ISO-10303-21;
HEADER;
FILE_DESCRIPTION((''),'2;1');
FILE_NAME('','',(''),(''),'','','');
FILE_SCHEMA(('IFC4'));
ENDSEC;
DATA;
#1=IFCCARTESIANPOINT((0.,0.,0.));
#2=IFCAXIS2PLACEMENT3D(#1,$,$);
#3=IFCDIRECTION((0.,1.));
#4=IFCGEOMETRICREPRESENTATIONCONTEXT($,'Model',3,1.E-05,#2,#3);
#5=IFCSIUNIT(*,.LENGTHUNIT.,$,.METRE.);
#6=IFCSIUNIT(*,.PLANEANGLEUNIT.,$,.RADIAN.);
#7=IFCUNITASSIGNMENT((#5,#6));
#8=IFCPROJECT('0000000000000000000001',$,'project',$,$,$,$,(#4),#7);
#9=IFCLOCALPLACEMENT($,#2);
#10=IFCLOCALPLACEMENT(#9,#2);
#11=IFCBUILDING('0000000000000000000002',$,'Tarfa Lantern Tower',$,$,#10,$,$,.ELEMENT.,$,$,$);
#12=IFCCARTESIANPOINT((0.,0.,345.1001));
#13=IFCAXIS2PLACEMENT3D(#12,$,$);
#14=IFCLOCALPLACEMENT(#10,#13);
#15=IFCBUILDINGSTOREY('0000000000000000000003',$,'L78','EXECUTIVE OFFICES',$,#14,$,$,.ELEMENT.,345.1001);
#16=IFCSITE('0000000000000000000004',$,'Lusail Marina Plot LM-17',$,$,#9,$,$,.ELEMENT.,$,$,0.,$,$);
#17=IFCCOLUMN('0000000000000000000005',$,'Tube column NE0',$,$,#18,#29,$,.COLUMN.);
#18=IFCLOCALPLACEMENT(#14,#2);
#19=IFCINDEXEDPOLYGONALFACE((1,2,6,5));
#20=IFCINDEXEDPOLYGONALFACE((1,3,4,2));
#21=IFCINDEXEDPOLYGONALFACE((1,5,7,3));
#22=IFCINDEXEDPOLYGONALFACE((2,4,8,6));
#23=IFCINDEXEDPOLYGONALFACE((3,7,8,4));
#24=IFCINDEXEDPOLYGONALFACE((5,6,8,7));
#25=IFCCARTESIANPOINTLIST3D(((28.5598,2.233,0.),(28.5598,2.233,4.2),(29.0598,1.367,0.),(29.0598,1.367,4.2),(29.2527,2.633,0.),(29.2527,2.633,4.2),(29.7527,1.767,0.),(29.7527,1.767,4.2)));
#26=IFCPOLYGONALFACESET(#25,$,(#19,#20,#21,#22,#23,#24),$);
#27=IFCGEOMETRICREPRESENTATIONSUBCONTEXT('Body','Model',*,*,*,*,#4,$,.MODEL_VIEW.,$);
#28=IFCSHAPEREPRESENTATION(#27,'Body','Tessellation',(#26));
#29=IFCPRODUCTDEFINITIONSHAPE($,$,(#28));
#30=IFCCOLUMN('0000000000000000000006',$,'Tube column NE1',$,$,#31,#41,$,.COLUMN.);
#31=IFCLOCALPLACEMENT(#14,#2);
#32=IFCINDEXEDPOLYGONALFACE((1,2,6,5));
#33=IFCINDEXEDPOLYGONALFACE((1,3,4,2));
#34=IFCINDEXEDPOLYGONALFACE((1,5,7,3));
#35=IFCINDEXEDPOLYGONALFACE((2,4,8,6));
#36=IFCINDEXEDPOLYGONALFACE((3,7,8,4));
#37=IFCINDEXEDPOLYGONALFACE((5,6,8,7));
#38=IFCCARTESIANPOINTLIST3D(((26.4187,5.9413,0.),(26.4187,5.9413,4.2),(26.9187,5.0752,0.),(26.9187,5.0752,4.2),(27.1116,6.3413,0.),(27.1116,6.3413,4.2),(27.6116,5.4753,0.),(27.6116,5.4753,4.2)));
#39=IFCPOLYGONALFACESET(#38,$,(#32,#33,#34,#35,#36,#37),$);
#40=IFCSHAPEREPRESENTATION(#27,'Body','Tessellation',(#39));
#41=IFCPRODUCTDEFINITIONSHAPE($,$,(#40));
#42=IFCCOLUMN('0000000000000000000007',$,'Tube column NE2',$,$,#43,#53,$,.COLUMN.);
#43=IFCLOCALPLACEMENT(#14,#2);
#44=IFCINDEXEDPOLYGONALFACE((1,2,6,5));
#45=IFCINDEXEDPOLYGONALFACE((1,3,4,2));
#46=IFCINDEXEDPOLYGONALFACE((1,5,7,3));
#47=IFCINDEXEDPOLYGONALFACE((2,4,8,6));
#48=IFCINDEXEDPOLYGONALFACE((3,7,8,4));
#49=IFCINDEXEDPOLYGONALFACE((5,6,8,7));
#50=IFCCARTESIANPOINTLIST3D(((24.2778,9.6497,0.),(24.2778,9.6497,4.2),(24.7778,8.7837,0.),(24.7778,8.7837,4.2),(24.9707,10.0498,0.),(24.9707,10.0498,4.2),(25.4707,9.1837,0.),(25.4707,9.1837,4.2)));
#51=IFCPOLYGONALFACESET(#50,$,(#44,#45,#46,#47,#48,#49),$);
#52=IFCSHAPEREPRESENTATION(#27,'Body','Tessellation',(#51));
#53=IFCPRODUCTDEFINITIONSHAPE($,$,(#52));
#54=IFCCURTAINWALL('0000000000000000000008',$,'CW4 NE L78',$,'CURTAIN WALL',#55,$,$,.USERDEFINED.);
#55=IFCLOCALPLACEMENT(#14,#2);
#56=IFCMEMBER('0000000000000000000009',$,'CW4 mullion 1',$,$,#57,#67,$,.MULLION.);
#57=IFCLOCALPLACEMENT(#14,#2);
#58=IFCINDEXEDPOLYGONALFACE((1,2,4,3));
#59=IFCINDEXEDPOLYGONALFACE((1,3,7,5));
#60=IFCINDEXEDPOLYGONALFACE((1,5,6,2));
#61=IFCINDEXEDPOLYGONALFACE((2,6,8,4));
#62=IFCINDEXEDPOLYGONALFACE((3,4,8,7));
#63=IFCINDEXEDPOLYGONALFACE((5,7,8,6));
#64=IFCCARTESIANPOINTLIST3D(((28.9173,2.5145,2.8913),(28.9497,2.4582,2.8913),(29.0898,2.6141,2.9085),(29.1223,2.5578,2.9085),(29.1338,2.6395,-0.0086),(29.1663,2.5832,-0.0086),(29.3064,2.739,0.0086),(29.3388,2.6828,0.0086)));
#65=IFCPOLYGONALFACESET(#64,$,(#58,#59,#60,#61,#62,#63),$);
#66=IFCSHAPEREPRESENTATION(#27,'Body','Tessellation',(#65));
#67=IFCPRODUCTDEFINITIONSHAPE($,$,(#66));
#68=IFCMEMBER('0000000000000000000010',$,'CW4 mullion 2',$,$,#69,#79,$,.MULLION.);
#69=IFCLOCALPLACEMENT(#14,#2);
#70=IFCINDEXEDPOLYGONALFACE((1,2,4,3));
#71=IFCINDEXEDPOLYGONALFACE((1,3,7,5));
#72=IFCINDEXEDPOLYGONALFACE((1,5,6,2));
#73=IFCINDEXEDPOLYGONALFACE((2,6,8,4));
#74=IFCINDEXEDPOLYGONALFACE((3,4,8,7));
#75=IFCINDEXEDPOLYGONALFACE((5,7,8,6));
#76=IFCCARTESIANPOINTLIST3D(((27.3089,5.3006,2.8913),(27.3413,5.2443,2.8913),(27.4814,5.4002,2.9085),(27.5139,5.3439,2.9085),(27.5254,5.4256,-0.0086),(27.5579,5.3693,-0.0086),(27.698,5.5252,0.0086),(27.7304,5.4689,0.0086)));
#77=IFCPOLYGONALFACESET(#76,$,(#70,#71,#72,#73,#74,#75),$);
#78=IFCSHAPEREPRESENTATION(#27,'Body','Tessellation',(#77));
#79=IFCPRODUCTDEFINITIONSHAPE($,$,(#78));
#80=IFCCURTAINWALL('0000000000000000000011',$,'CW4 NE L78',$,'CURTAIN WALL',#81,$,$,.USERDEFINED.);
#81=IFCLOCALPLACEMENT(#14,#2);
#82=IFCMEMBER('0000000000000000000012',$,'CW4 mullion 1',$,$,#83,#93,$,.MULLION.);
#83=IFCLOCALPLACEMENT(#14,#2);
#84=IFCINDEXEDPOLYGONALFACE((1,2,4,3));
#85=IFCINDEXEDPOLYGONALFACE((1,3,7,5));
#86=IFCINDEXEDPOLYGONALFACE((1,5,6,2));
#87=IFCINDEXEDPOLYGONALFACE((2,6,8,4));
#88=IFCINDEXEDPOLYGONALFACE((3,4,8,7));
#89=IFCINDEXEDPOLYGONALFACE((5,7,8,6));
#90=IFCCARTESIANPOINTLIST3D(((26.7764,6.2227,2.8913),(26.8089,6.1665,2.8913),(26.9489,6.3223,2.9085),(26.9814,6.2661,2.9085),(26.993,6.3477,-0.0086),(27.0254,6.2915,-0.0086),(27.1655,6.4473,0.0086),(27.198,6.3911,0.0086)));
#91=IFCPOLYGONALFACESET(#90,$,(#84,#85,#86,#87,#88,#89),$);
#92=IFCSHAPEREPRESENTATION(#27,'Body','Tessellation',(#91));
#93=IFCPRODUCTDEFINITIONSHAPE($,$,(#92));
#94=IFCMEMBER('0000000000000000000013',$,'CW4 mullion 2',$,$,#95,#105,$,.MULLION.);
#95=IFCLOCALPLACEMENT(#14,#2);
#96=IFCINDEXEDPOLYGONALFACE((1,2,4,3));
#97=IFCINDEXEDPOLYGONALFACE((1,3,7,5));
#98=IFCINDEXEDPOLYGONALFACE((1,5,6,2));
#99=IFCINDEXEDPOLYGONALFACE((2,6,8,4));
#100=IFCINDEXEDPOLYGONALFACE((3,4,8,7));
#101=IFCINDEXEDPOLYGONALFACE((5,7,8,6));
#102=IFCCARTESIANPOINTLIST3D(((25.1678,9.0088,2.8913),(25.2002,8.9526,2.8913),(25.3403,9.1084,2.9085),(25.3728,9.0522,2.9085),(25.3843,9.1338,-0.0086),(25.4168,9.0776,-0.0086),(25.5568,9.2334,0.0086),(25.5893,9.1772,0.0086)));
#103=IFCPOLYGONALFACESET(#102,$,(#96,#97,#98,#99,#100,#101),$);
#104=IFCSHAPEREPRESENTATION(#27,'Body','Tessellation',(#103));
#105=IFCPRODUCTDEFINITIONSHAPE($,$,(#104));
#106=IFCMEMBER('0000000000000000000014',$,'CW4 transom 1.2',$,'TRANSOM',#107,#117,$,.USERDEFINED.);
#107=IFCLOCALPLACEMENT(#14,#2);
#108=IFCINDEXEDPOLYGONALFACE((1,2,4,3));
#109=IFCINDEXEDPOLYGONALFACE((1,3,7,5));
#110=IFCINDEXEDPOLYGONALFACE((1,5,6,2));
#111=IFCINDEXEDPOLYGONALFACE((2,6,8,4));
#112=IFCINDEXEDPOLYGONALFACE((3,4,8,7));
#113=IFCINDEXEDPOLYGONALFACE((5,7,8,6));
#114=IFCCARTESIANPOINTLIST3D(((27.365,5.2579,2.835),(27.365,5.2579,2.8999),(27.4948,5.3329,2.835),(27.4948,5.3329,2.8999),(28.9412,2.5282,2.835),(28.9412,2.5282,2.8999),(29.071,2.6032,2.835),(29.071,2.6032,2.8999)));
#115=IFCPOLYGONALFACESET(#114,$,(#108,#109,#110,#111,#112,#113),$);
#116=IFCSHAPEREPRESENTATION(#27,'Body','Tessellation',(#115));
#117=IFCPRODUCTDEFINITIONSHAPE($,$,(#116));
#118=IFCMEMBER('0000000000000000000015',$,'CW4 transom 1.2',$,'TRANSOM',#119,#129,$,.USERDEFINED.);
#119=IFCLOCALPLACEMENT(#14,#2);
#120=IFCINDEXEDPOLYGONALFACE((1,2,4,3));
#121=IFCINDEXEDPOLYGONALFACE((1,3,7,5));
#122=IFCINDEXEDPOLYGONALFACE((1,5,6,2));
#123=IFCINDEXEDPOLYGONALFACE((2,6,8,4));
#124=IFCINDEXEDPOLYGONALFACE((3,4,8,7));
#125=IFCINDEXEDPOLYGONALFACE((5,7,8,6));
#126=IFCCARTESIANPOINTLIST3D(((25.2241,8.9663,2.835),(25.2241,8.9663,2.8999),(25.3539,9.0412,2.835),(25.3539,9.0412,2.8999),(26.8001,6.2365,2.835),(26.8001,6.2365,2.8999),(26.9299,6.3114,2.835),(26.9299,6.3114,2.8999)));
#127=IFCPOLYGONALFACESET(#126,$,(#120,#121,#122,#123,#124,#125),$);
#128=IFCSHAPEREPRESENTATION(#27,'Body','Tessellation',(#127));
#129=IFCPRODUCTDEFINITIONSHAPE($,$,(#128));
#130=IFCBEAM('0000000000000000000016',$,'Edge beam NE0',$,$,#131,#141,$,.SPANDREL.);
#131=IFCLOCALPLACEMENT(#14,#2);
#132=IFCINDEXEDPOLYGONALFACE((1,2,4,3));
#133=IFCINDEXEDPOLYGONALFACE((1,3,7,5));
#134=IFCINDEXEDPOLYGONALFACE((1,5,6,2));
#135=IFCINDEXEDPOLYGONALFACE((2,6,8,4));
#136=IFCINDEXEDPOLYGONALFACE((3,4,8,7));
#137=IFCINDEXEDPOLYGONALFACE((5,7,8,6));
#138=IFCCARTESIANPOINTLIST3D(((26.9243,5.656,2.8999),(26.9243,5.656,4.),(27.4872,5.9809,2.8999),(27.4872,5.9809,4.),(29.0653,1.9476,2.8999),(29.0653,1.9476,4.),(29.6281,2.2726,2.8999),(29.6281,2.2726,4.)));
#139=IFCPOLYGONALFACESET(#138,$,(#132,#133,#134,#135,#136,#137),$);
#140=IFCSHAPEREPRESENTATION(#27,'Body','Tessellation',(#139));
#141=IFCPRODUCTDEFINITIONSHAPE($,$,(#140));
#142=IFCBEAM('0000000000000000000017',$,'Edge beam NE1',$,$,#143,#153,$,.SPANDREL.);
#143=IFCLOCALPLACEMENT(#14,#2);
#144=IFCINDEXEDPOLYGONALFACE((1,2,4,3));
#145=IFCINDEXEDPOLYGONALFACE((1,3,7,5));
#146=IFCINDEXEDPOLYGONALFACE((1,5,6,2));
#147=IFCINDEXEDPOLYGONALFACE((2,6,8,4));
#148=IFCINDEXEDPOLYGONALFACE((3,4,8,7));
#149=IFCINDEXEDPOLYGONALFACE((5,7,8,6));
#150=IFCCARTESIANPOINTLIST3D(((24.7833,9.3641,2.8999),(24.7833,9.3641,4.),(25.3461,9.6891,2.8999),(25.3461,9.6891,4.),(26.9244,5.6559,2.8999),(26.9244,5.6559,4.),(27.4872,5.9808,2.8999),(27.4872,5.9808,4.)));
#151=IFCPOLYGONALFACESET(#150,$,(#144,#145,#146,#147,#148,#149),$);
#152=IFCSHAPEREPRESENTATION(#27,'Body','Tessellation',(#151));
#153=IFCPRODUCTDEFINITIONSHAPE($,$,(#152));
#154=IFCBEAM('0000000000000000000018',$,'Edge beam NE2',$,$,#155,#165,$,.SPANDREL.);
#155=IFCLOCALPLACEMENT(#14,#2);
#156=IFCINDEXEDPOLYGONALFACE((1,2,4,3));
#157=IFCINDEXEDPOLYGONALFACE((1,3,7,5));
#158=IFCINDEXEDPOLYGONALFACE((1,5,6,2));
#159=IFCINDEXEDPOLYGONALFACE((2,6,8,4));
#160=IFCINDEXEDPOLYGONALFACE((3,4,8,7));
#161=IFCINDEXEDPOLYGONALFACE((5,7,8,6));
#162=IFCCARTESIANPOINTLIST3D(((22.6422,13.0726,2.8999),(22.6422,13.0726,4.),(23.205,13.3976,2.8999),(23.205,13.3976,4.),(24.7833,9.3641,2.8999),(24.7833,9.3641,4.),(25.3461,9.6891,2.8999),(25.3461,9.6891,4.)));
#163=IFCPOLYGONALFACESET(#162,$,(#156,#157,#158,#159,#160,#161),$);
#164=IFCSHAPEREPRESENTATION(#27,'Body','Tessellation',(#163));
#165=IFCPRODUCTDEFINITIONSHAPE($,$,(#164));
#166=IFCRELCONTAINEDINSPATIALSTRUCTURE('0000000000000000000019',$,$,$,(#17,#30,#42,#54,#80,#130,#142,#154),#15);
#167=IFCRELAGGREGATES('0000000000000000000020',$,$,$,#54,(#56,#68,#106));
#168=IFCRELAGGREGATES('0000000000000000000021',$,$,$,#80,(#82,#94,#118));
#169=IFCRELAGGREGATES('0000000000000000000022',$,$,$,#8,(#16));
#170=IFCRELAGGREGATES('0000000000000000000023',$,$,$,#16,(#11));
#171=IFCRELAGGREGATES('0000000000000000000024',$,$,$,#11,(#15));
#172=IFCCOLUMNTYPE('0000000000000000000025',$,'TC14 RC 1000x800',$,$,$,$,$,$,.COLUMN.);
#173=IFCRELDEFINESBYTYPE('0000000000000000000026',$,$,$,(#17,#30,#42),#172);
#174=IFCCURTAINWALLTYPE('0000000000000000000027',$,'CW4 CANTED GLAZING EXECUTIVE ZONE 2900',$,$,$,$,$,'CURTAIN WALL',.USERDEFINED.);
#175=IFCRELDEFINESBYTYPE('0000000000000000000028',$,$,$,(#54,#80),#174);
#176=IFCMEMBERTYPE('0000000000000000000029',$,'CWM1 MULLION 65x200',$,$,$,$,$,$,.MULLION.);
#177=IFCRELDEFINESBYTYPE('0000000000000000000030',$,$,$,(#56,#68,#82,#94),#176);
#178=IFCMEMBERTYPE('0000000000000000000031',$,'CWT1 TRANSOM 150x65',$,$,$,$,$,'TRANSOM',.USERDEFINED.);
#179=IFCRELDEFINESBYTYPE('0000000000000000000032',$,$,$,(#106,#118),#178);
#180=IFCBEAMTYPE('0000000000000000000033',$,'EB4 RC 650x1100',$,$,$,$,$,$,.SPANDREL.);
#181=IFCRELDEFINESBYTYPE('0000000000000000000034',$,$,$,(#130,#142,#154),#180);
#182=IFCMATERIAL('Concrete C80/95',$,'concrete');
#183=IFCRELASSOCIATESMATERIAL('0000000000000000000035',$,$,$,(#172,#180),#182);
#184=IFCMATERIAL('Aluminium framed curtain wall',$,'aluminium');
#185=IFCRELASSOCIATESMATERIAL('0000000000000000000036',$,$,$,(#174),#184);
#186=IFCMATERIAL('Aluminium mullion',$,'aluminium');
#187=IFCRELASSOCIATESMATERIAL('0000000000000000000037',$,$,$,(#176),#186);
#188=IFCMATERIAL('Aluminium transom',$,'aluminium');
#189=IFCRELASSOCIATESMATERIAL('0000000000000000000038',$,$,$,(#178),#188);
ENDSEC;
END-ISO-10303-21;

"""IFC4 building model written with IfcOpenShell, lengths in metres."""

from ifc_helpers import new_model, si_unit, direction, frame, origin, origin_2d, place, context, subcontext, project, spatial, rectangle, extrude, material, material_profile, profile_set, type_object, element, aggregate, save


model = new_model("IFC4")

# Units and contexts
model_context = context("Model", 3, precision=1e-05, world=origin(), true_north=direction((0.0, 1.0)))
body_context = subcontext(model_context, "Body", "Model", "MODEL_VIEW")
ifc_project = project(units=[si_unit("LENGTHUNIT", "METRE"), si_unit("PLANEANGLEUNIT", "RADIAN")], contexts=[model_context])

# Site, building, storey
site_placement = place(None, origin())
site = spatial("IfcSite", under=ifc_project, at=site_placement, Name="Lusail Marina Plot LM-17", CompositionType="ELEMENT", RefElevation=0.0)
building_placement = place(site_placement, origin())
building = spatial("IfcBuilding", under=site, at=building_placement, Name="Tarfa Lantern Tower", CompositionType="ELEMENT")
storey_placement = place(building_placement, frame((0.0, 0.0, 345.1001)))
storey = spatial("IfcBuildingStorey", under=building, at=storey_placement, Name="L78", Description="EXECUTIVE OFFICES", CompositionType="ELEMENT", Elevation=345.1001)

# Columns
ifc_material_1 = material(Name="Concrete C80/95", Category="concrete")
ifc_material_profile_1 = material_profile(ifc_material_1, rectangle(XDim=1.0, YDim=0.8, at=origin_2d()), Name="RC 1000x800")
ifc_profile_set_1 = profile_set([ifc_material_profile_1], Name="Concrete C80/95")
column_type = type_object("IfcColumnType", Name="TC14 RC 1000x800", PredefinedType="COLUMN", material=ifc_profile_set_1)
for number, where, z_axis, x_axis, name in (
    (1, (29.1562, 2.0, 0.0), (0.0, 0.0, 1.0), (-0.5, 0.866025, 0.0), "Tube column NE0"),
    (2, (27.0151, 5.7083, 0.0), (0.0, 0.0, 1.0), (-0.5, 0.866025, 0.0), "Tube column NE1"),
    (3, (24.8743, 9.4167, 0.0), (0.0, 0.0, 1.0), (-0.5, 0.866025, 0.0), "Tube column NE2"),
):
    element("IfcColumn", number, at=place(storey_placement, frame(where, z_axis=z_axis, x_axis=x_axis)), inside=storey, type_object=column_type, Name=name, PredefinedType="COLUMN", context=body_context, shape_type="SweptSolid", body=[
        extrude(rectangle(XDim=1.0, YDim=0.8, at=origin_2d()), origin(), (0.0, 0.0, 1.0), 4.2),
    ])

# Curtain walls, members
ifc_material_2 = material(Name="Aluminium framed curtain wall", Category="aluminium")
curtain_wall_type = type_object("IfcCurtainWallType", Name="CW4 CANTED GLAZING EXECUTIVE ZONE 2900", ElementType="CURTAIN WALL", PredefinedType="USERDEFINED", material=ifc_material_2)
curtain_wall_1_placement = place(storey_placement, origin())
curtain_wall_1 = element("IfcCurtainWall", 4, at=curtain_wall_1_placement, inside=storey, type_object=curtain_wall_type, Name="CW4 NE L78", ObjectType="CURTAIN WALL", PredefinedType="USERDEFINED")
ifc_material_3 = material(Name="Aluminium mullion", Category="aluminium")
ifc_material_profile_2 = material_profile(ifc_material_3, rectangle(XDim=0.0649, YDim=0.2, at=origin_2d()), Name="AL MULLION 65x200")
ifc_profile_set_2 = profile_set([ifc_material_profile_2], Name="Aluminium mullion")
member_type_1 = type_object("IfcMemberType", Name="CWM1 MULLION 65x200", PredefinedType="MULLION", material=ifc_profile_set_2)
member_1_placement = place(storey_placement, frame((29.2363, 2.6611, 0.0), z_axis=(-0.0744, -0.042946, 0.996303), x_axis=(0.49992, -0.866072, 0.0)))
member_1 = element("IfcMember", 5, at=member_1_placement, type_object=member_type_1, Name="CW4 mullion 1", PredefinedType="MULLION", context=body_context, shape_type="SweptSolid", body=[
    extrude(rectangle(XDim=0.0649, YDim=0.2, at=origin_2d()), origin(), (0.0, 0.0, 1.0), 2.9106),
])
member_2_placement = place(storey_placement, frame((27.6279, 5.4473, 0.0), z_axis=(-0.0744, -0.042946, 0.996303), x_axis=(0.49992, -0.866072, 0.0)))
member_2 = element("IfcMember", 6, at=member_2_placement, type_object=member_type_1, Name="CW4 mullion 2", PredefinedType="MULLION", context=body_context, shape_type="SweptSolid", body=[
    extrude(rectangle(XDim=0.0649, YDim=0.2, at=origin_2d()), origin(), (0.0, 0.0, 1.0), 2.9106),
])
curtain_wall_2_placement = place(storey_placement, origin())
curtain_wall_2 = element("IfcCurtainWall", 7, at=curtain_wall_2_placement, inside=storey, type_object=curtain_wall_type, Name="CW4 NE L78", ObjectType="CURTAIN WALL", PredefinedType="USERDEFINED")
member_3_placement = place(storey_placement, frame((27.0955, 6.3694, 0.0), z_axis=(-0.0744, -0.042946, 0.996303), x_axis=(0.49992, -0.866072, 0.0)))
member_3 = element("IfcMember", 8, at=member_3_placement, type_object=member_type_1, Name="CW4 mullion 1", PredefinedType="MULLION", context=body_context, shape_type="SweptSolid", body=[
    extrude(rectangle(XDim=0.0649, YDim=0.2, at=origin_2d()), origin(), (0.0, 0.0, 1.0), 2.9106),
])
member_4_placement = place(storey_placement, frame((25.4868, 9.1555, 0.0), z_axis=(-0.0744, -0.042946, 0.996303), x_axis=(0.49992, -0.866072, 0.0)))
member_4 = element("IfcMember", 9, at=member_4_placement, type_object=member_type_1, Name="CW4 mullion 2", PredefinedType="MULLION", context=body_context, shape_type="SweptSolid", body=[
    extrude(rectangle(XDim=0.0649, YDim=0.2, at=origin_2d()), origin(), (0.0, 0.0, 1.0), 2.9106),
])

# Members
ifc_material_4 = material(Name="Aluminium transom", Category="aluminium")
ifc_material_profile_3 = material_profile(ifc_material_4, rectangle(XDim=0.1499, YDim=0.0649, at=origin_2d()), Name="AL TRANSOM 150x65")
ifc_profile_set_3 = profile_set([ifc_material_profile_3], Name="Aluminium transom")
member_type_2 = type_object("IfcMemberType", Name="CWT1 TRANSOM 150x65", ElementType="TRANSOM", PredefinedType="USERDEFINED", material=ifc_profile_set_3)
member_5_placement = place(storey_placement, frame((29.0061, 2.5657, 2.8674), z_axis=(-0.500038, 0.866004, 0.0), x_axis=(-0.866004, -0.500038, 0.0)))
member_5 = element("IfcMember", 10, at=member_5_placement, type_object=member_type_2, Name="CW4 transom 1.2", ObjectType="TRANSOM", PredefinedType="USERDEFINED", context=body_context, shape_type="SweptSolid", body=[
    extrude(rectangle(XDim=0.1499, YDim=0.0649, at=origin_2d()), origin(), (0.0, 0.0, 1.0), 3.1521),
])
member_6_placement = place(storey_placement, frame((26.865, 6.2739, 2.8674), z_axis=(-0.499979, 0.866037, 0.0), x_axis=(-0.866037, -0.499979, 0.0)))
member_6 = element("IfcMember", 11, at=member_6_placement, type_object=member_type_2, Name="CW4 transom 1.2", ObjectType="TRANSOM", PredefinedType="USERDEFINED", context=body_context, shape_type="SweptSolid", body=[
    extrude(rectangle(XDim=0.1499, YDim=0.0649, at=origin_2d()), origin(), (0.0, 0.0, 1.0), 3.1521),
])

# Beams
ifc_material_profile_4 = material_profile(ifc_material_1, rectangle(XDim=0.6499, YDim=1.1001, at=origin_2d()), Name="RC 650x1100")
ifc_profile_set_4 = profile_set([ifc_material_profile_4], Name="Concrete C80/95")
beam_type_1 = type_object("IfcBeamType", Name="EB4 RC 650x1100", PredefinedType="SPANDREL", material=ifc_profile_set_4)
for number, where, z_axis, x_axis, name in (
    (12, (29.3467, 2.1101, 3.45), (-0.499984, 0.866035, 0.0), (-0.866035, -0.499984, 0.0), "Edge beam NE0"),
    (13, (27.2058, 5.8184, 3.45), (-0.500027, 0.86601, 0.0), (-0.86601, -0.500027, 0.0), "Edge beam NE1"),
):
    element("IfcBeam", number, at=place(storey_placement, frame(where, z_axis=z_axis, x_axis=x_axis)), inside=storey, type_object=beam_type_1, Name=name, PredefinedType="SPANDREL", context=body_context, shape_type="SweptSolid", body=[
        extrude(rectangle(XDim=0.6499, YDim=1.1001, at=origin_2d()), origin(), (0.0, 0.0, 1.0), 4.282),
    ])
beam_1_placement = place(storey_placement, frame((25.0647, 9.5266, 3.45), z_axis=(-0.500002, 0.866024, 0.0), x_axis=(-0.866024, -0.500002, 0.0)))
element("IfcBeam", 14, at=beam_1_placement, inside=storey, type_object=beam_type_1, Name="Edge beam NE2", PredefinedType="SPANDREL", context=body_context, shape_type="SweptSolid", body=[
    extrude(rectangle(XDim=0.6499, YDim=1.1001, at=origin_2d()), origin(), (0.0, 0.0, 1.0), 4.2822),
])

aggregate(curtain_wall_1, [member_1, member_2, member_5])
aggregate(curtain_wall_2, [member_3, member_4, member_6])

save(model, "model.ifc")
